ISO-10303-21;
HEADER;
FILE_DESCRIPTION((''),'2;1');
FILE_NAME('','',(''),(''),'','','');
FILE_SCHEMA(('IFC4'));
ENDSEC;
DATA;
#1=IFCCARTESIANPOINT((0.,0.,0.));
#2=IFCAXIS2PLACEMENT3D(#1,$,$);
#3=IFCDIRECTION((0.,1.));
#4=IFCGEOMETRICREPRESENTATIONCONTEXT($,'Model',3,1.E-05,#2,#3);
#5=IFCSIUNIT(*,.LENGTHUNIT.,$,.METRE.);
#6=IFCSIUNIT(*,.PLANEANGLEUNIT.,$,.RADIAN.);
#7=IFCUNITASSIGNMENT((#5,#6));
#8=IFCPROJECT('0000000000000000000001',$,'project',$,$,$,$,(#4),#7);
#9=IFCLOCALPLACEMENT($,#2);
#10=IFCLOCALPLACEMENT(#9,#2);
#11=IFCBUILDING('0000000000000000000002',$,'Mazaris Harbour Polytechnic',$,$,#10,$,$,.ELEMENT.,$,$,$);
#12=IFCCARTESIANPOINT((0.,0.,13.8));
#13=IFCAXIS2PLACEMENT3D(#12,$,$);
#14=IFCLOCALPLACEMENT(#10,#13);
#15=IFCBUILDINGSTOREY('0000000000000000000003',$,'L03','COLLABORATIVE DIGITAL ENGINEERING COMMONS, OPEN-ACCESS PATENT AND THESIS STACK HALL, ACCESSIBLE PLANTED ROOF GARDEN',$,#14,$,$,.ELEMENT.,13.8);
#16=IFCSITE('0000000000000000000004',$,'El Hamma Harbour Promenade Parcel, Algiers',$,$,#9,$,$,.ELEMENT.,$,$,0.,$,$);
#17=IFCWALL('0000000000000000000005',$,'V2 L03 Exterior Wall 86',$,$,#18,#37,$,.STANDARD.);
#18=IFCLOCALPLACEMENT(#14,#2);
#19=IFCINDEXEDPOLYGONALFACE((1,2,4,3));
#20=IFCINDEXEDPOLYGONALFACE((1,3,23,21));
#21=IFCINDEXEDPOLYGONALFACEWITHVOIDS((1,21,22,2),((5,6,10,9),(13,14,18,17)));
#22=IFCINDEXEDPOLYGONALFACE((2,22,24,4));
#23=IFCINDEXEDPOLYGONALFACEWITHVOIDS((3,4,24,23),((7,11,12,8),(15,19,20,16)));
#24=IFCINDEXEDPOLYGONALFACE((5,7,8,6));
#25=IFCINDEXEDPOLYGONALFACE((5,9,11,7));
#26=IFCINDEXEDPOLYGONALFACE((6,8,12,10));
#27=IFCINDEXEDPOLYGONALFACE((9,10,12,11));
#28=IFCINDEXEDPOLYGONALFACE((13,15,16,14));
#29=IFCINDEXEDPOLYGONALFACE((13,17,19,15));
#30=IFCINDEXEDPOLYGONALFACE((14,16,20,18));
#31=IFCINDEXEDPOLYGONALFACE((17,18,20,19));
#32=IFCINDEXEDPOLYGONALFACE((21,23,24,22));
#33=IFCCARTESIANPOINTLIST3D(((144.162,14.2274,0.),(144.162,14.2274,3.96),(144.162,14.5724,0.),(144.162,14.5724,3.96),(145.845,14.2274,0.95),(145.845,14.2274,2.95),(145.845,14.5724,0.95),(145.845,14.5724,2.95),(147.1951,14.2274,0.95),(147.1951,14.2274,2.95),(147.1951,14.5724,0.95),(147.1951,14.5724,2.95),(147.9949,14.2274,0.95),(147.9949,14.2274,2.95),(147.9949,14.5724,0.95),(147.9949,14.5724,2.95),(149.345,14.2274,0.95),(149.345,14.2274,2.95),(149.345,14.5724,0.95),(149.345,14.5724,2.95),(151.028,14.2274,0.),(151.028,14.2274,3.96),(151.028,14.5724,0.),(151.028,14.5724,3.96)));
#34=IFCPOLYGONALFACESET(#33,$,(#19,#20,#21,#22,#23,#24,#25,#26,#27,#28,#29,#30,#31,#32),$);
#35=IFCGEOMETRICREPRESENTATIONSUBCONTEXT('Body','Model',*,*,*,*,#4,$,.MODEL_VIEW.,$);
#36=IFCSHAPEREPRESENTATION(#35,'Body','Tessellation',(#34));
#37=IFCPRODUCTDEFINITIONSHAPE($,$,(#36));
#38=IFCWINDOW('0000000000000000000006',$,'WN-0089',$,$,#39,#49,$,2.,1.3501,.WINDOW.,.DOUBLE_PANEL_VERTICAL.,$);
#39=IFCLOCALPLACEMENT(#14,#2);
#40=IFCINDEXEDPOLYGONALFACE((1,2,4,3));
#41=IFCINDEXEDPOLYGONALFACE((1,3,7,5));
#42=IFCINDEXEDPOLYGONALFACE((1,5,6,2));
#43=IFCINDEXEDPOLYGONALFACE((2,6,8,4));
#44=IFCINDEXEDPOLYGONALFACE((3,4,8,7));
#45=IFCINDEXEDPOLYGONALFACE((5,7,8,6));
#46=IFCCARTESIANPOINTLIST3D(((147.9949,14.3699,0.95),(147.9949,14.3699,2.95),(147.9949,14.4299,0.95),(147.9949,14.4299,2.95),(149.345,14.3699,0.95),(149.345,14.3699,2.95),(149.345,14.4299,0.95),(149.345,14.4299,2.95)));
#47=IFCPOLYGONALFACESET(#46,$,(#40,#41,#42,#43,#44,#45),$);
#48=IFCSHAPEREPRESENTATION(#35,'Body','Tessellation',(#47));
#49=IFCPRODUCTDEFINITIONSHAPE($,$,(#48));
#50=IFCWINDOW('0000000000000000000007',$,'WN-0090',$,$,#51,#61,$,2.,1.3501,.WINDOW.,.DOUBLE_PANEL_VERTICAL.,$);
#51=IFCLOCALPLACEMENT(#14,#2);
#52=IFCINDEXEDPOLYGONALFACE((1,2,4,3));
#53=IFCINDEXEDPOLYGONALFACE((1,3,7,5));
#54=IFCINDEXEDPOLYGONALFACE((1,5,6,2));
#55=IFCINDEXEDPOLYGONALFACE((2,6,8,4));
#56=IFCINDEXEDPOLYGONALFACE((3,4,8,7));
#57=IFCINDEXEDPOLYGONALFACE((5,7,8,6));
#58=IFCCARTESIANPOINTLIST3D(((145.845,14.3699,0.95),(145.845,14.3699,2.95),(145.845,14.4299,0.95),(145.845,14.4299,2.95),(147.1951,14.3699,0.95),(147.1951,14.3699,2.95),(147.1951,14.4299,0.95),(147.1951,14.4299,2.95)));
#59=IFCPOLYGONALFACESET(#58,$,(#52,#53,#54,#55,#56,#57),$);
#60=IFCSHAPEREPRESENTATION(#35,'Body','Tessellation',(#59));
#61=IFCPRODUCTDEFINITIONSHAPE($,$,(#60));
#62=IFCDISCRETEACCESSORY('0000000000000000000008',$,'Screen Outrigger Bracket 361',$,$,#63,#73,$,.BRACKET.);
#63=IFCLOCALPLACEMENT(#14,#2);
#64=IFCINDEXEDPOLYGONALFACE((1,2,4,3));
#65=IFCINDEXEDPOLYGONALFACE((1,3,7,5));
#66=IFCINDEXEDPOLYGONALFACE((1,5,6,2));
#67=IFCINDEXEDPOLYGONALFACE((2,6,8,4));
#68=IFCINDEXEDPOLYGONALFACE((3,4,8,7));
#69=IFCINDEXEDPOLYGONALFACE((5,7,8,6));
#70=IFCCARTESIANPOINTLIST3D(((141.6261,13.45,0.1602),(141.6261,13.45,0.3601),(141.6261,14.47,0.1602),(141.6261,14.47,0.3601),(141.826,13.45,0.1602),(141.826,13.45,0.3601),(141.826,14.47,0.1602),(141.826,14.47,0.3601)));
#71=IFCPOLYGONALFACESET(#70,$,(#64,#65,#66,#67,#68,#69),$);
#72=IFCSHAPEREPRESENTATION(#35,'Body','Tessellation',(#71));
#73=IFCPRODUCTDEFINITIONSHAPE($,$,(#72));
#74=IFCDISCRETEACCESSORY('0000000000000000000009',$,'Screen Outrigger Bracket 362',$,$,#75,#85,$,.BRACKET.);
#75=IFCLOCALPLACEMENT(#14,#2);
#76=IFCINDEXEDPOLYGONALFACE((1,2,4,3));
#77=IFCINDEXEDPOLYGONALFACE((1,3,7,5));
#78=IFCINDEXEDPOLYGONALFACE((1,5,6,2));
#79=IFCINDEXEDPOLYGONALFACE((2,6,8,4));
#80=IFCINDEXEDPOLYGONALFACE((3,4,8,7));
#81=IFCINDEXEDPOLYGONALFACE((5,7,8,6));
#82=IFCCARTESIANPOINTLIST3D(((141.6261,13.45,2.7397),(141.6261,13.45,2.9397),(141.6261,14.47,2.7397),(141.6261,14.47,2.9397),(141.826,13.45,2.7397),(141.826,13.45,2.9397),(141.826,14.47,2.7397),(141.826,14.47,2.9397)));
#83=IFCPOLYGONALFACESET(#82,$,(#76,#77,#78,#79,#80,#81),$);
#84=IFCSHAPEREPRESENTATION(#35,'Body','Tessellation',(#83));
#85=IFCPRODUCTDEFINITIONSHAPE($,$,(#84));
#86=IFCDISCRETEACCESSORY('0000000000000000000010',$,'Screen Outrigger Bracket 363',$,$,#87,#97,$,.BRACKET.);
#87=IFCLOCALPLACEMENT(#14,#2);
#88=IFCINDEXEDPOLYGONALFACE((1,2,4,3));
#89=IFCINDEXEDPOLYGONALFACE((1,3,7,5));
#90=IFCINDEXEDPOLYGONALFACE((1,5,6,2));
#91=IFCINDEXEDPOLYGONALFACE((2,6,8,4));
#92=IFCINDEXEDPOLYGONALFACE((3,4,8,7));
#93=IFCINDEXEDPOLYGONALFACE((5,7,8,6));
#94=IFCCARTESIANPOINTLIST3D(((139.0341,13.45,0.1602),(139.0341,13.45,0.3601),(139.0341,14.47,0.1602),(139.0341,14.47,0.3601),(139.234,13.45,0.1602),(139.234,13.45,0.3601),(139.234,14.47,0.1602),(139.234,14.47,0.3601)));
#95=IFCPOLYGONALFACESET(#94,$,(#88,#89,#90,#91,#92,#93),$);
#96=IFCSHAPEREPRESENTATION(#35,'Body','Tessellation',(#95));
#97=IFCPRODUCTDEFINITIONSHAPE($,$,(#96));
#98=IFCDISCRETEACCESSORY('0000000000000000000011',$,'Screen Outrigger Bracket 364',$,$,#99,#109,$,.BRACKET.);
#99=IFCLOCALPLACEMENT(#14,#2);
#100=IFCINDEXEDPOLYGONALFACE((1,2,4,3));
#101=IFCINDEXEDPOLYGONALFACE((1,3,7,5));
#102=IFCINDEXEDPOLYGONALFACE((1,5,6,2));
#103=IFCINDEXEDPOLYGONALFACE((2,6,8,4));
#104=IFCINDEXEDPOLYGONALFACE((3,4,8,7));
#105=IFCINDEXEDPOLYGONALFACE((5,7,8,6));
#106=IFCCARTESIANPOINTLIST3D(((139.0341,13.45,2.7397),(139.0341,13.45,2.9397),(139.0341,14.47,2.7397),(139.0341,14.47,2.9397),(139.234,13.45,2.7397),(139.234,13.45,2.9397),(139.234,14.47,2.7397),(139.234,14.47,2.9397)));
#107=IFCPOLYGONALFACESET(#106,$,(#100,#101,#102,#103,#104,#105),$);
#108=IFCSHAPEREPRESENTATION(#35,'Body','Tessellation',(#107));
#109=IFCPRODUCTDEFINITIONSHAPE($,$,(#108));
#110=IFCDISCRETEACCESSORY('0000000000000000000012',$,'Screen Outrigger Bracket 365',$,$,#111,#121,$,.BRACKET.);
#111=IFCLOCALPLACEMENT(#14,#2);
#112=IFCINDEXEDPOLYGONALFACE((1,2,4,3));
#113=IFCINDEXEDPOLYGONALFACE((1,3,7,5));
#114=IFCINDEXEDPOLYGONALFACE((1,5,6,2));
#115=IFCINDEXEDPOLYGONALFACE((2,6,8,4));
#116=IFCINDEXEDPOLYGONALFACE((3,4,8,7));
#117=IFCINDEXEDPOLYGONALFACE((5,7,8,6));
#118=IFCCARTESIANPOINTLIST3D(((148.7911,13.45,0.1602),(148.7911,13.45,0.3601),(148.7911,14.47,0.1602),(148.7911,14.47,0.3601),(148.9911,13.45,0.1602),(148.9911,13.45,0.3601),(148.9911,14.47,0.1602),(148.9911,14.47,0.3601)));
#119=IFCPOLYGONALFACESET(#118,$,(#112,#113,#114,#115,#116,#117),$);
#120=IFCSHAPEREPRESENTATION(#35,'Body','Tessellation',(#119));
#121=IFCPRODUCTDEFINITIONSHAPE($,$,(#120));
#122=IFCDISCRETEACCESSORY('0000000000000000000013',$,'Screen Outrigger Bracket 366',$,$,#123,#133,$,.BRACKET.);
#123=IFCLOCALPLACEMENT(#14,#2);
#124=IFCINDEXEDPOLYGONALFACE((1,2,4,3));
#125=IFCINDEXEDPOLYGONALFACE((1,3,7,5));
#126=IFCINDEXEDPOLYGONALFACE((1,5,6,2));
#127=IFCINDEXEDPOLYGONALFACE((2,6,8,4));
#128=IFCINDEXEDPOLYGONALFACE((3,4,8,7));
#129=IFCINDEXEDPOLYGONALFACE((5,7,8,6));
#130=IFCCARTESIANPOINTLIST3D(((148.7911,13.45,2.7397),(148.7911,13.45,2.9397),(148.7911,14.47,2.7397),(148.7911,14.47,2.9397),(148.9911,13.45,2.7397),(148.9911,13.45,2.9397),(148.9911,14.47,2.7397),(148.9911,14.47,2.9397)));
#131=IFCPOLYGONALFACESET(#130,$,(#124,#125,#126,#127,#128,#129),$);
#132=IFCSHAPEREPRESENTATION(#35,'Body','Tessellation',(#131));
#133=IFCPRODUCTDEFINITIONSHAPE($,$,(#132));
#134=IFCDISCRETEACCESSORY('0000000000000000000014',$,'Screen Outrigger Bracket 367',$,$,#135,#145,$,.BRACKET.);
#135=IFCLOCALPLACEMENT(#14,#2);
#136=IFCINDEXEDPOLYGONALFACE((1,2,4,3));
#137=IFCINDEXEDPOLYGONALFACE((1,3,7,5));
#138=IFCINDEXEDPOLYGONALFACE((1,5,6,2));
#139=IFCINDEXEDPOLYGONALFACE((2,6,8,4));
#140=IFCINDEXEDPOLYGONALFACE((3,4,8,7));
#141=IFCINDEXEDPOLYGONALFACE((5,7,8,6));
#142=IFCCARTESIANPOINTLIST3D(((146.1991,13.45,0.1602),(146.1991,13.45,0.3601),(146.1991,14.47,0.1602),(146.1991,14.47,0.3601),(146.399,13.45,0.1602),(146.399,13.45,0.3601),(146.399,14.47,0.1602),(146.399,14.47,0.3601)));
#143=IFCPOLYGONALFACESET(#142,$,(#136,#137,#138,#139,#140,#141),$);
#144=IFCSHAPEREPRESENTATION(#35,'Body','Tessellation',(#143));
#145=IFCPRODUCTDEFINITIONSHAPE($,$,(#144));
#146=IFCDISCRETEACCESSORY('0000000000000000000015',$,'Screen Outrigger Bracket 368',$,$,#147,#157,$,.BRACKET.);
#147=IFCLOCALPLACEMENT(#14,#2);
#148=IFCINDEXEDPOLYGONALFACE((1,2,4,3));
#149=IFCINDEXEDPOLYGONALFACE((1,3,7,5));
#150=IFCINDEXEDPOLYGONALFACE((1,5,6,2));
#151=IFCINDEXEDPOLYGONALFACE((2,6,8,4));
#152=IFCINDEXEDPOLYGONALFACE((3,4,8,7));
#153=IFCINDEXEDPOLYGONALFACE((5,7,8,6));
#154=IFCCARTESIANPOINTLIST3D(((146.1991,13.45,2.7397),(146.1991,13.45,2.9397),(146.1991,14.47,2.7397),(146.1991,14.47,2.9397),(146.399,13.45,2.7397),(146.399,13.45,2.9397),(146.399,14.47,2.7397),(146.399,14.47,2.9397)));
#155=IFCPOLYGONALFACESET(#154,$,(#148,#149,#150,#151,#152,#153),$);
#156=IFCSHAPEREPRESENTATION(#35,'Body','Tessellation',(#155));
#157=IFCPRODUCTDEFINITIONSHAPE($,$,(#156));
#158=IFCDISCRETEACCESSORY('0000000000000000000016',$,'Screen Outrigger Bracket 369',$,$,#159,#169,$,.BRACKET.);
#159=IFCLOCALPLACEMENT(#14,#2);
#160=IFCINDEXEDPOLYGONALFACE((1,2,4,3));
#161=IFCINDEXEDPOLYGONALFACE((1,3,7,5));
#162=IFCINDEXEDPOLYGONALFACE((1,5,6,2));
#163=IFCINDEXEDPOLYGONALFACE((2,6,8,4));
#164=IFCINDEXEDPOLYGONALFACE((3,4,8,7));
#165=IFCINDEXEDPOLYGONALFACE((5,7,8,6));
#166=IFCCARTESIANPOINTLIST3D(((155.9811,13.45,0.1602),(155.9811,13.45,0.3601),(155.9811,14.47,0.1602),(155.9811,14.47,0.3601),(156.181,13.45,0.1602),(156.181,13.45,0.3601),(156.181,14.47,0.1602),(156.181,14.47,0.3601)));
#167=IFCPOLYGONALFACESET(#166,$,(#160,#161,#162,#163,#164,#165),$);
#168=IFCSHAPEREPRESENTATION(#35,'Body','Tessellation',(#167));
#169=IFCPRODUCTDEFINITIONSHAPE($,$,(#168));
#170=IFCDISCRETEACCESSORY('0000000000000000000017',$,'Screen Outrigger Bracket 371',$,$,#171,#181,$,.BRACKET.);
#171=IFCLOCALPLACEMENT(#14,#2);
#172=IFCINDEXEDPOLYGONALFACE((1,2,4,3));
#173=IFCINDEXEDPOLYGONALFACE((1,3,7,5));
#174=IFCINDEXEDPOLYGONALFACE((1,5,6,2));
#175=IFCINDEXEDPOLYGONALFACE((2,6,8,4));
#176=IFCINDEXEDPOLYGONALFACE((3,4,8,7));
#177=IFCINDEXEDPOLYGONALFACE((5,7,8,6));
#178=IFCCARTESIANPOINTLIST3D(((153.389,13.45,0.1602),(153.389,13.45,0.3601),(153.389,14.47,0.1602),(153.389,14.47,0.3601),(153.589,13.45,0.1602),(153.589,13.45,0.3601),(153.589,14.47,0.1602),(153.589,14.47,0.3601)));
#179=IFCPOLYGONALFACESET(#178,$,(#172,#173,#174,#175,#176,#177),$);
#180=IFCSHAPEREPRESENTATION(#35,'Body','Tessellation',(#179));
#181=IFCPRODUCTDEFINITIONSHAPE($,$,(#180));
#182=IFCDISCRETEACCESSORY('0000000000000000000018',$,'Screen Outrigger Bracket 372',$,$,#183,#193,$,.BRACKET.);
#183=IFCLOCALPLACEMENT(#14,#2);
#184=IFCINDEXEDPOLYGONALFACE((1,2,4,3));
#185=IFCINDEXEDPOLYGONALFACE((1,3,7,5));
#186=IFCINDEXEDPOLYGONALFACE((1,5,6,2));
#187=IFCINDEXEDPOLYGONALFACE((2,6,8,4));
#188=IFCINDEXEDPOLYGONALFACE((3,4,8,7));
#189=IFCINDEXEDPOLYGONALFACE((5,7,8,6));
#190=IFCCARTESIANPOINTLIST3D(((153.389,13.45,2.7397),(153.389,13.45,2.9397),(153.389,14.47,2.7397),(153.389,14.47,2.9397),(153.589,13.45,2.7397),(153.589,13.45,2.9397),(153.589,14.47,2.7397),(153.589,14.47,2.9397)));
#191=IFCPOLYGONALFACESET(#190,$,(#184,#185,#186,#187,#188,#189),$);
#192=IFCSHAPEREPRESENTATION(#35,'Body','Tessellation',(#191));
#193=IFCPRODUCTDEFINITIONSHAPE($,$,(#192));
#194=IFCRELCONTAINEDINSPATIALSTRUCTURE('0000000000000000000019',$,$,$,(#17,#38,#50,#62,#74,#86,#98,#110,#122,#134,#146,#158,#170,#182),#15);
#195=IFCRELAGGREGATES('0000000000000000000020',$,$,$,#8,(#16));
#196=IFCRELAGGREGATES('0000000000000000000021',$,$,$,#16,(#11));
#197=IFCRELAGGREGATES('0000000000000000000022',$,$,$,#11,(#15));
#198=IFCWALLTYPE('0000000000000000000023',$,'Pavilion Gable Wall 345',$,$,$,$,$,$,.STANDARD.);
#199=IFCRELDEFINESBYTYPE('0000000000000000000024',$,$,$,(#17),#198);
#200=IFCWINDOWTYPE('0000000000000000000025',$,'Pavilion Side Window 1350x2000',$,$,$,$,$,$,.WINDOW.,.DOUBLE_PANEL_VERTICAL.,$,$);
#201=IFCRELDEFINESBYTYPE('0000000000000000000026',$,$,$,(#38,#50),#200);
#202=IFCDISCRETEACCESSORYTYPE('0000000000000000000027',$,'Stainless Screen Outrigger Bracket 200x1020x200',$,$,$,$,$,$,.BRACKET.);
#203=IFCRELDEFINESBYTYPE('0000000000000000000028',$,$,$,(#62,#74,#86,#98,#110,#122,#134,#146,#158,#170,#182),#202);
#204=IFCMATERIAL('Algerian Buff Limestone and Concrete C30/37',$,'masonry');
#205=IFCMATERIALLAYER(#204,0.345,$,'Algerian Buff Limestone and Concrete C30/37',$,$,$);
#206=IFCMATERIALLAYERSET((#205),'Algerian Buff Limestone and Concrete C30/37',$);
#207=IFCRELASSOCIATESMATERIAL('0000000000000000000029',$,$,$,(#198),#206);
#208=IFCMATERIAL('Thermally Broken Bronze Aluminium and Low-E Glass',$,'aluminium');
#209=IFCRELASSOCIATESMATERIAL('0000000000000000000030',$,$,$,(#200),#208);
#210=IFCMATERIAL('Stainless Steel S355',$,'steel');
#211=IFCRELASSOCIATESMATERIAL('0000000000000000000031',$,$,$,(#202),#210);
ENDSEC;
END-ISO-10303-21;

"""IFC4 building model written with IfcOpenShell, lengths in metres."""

from ifc_helpers import new_model, si_unit, direction, frame, frame_2d, origin, origin_2d, place, context, subcontext, project, spatial, rectangle, extrude, material, layer, layer_set, type_object, element, fill, save


model = new_model("IFC4")

# Units and contexts
model_context = context("Model", 3, precision=1e-05, world=origin(), true_north=direction((0.0, 1.0)))
body_context = subcontext(model_context, "Body", "Model", "MODEL_VIEW")
ifc_project = project(units=[si_unit("LENGTHUNIT", "METRE"), si_unit("PLANEANGLEUNIT", "RADIAN")], contexts=[model_context])

# Site, building, storey
site_placement = place(None, origin())
site = spatial("IfcSite", under=ifc_project, at=site_placement, Name="El Hamma Harbour Promenade Parcel, Algiers", CompositionType="ELEMENT", RefElevation=0.0)
building_placement = place(site_placement, origin())
building = spatial("IfcBuilding", under=site, at=building_placement, Name="Mazaris Harbour Polytechnic", CompositionType="ELEMENT")
storey_placement = place(building_placement, frame((0.0, 0.0, 13.8)))
storey = spatial("IfcBuildingStorey", under=building, at=storey_placement, Name="L03", Description="COLLABORATIVE DIGITAL ENGINEERING COMMONS, OPEN-ACCESS PATENT AND THESIS STACK HALL, ACCESSIBLE PLANTED ROOF GARDEN", CompositionType="ELEMENT", Elevation=13.8)

# Wall, openings, windows
ifc_material_1 = material(Name="Algerian Buff Limestone and Concrete C30/37", Category="masonry")
ifc_layer_1 = layer(ifc_material_1, 0.345, Name="Algerian Buff Limestone and Concrete C30/37")
ifc_layer_set_1 = layer_set([ifc_layer_1], Name="Algerian Buff Limestone and Concrete C30/37")
wall_type_1 = type_object("IfcWallType", Name="Pavilion Gable Wall 345", PredefinedType="STANDARD", material=ifc_layer_set_1)
wall_1_placement = place(storey_placement, frame((151.0281, 14.3999, 0.0), z_axis=(0.0, 0.0, 1.0), x_axis=(-1.0, 0.0, 0.0)))
wall_1 = element("IfcWall", 1, at=wall_1_placement, inside=storey, type_object=wall_type_1, Name="V2 L03 Exterior Wall 86", PredefinedType="STANDARD", context=body_context, shape_type="SweptSolid", body=[
    extrude(rectangle(XDim=6.866, YDim=0.345, at=frame_2d((3.4331, 0.0))), origin(), (0.0, 0.0, 1.0), 3.96),
])
opening_1_placement = place(wall_1_placement, frame((1.6831, 0.0, 0.95)))
opening_1 = element("IfcOpeningElement", 2, at=opening_1_placement, cuts=wall_1, PredefinedType="OPENING", context=body_context, shape_type="SweptSolid", body=[
    extrude(rectangle(XDim=1.3501, YDim=2.0, at=frame_2d((0.675, 1.0))), frame((0.0, 0.1824, 0.0), z_axis=(0.0, -1.0, 0.0), x_axis=(1.0, 0.0, 0.0)), (0.0, 0.0, 1.0), 0.365),
])
opening_2_placement = place(wall_1_placement, frame((3.833, 0.0, 0.95)))
opening_2 = element("IfcOpeningElement", 3, at=opening_2_placement, cuts=wall_1, PredefinedType="OPENING", context=body_context, shape_type="SweptSolid", body=[
    extrude(rectangle(XDim=1.3501, YDim=2.0, at=frame_2d((0.675, 1.0))), frame((0.0, 0.1824, 0.0), z_axis=(0.0, -1.0, 0.0), x_axis=(1.0, 0.0, 0.0)), (0.0, 0.0, 1.0), 0.365),
])
ifc_material_2 = material(Name="Thermally Broken Bronze Aluminium and Low-E Glass", Category="aluminium")
window_type_1 = type_object("IfcWindowType", Name="Pavilion Side Window 1350x2000", PartitioningType="DOUBLE_PANEL_VERTICAL", PredefinedType="WINDOW", material=ifc_material_2)
window_1_placement = place(opening_1_placement, origin())
window_1 = element("IfcWindow", 4, at=window_1_placement, inside=storey, type_object=window_type_1, Name="WN-0089", OverallHeight=2.0, OverallWidth=1.3501, PartitioningType="DOUBLE_PANEL_VERTICAL", PredefinedType="WINDOW", context=body_context, shape_type="SweptSolid", body=[
    extrude(rectangle(XDim=1.3501, YDim=2.0, at=frame_2d((0.675, 1.0))), frame((0.0, 0.03, 0.0), z_axis=(0.0, -1.0, 0.0), x_axis=(1.0, 0.0, 0.0)), (0.0, 0.0, 1.0), 0.0601),
])
fill(opening_1, window_1)
window_2_placement = place(opening_2_placement, origin())
window_2 = element("IfcWindow", 5, at=window_2_placement, inside=storey, type_object=window_type_1, Name="WN-0090", OverallHeight=2.0, OverallWidth=1.3501, PartitioningType="DOUBLE_PANEL_VERTICAL", PredefinedType="WINDOW", context=body_context, shape_type="SweptSolid", body=[
    extrude(rectangle(XDim=1.3501, YDim=2.0, at=frame_2d((0.675, 1.0))), frame((0.0, 0.03, 0.0), z_axis=(0.0, -1.0, 0.0), x_axis=(1.0, 0.0, 0.0)), (0.0, 0.0, 1.0), 0.0601),
])
fill(opening_2, window_2)

# Discrete accessories
ifc_material_3 = material(Name="Stainless Steel S355", Category="steel")
discrete_accessory_type = type_object("IfcDiscreteAccessoryType", Name="Stainless Screen Outrigger Bracket 200x1020x200", PredefinedType="BRACKET", material=ifc_material_3)
for number, where, z_axis, x_axis, name in (
    (6, (141.7261, 13.96, 0.1602), (0.0, 0.0, 1.0), (-1.0, 0.0, 0.0), "Screen Outrigger Bracket 361"),
    (7, (141.7261, 13.96, 2.7397), (0.0, 0.0, 1.0), (-1.0, 0.0, 0.0), "Screen Outrigger Bracket 362"),
    (8, (139.134, 13.96, 0.1602), (0.0, 0.0, 1.0), (-1.0, 0.0, 0.0), "Screen Outrigger Bracket 363"),
    (9, (139.134, 13.96, 2.7397), (0.0, 0.0, 1.0), (-1.0, 0.0, 0.0), "Screen Outrigger Bracket 364"),
    (10, (148.8911, 13.96, 0.1602), (0.0, 0.0, 1.0), (-1.0, 0.0, 0.0), "Screen Outrigger Bracket 365"),
    (11, (148.8911, 13.96, 2.7397), (0.0, 0.0, 1.0), (-1.0, 0.0, 0.0), "Screen Outrigger Bracket 366"),
    (12, (146.2991, 13.96, 0.1602), (0.0, 0.0, 1.0), (-1.0, 0.0, 0.0), "Screen Outrigger Bracket 367"),
    (13, (146.2991, 13.96, 2.7397), (0.0, 0.0, 1.0), (-1.0, 0.0, 0.0), "Screen Outrigger Bracket 368"),
    (14, (156.0811, 13.96, 0.1602), (0.0, 0.0, 1.0), (-1.0, 0.0, 0.0), "Screen Outrigger Bracket 369"),
    (15, (153.489, 13.96, 0.1602), (0.0, 0.0, 1.0), (-1.0, 0.0, 0.0), "Screen Outrigger Bracket 371"),
    (16, (153.489, 13.96, 2.7397), (0.0, 0.0, 1.0), (-1.0, 0.0, 0.0), "Screen Outrigger Bracket 372"),
):
    element("IfcDiscreteAccessory", number, at=place(storey_placement, frame(where, z_axis=z_axis, x_axis=x_axis)), inside=storey, type_object=discrete_accessory_type, Name=name, PredefinedType="BRACKET", context=body_context, shape_type="SweptSolid", body=[
        extrude(rectangle(XDim=0.2, YDim=1.02, at=origin_2d()), origin(), (0.0, 0.0, 1.0), 0.2),
    ])

save(model, "model.ifc")
